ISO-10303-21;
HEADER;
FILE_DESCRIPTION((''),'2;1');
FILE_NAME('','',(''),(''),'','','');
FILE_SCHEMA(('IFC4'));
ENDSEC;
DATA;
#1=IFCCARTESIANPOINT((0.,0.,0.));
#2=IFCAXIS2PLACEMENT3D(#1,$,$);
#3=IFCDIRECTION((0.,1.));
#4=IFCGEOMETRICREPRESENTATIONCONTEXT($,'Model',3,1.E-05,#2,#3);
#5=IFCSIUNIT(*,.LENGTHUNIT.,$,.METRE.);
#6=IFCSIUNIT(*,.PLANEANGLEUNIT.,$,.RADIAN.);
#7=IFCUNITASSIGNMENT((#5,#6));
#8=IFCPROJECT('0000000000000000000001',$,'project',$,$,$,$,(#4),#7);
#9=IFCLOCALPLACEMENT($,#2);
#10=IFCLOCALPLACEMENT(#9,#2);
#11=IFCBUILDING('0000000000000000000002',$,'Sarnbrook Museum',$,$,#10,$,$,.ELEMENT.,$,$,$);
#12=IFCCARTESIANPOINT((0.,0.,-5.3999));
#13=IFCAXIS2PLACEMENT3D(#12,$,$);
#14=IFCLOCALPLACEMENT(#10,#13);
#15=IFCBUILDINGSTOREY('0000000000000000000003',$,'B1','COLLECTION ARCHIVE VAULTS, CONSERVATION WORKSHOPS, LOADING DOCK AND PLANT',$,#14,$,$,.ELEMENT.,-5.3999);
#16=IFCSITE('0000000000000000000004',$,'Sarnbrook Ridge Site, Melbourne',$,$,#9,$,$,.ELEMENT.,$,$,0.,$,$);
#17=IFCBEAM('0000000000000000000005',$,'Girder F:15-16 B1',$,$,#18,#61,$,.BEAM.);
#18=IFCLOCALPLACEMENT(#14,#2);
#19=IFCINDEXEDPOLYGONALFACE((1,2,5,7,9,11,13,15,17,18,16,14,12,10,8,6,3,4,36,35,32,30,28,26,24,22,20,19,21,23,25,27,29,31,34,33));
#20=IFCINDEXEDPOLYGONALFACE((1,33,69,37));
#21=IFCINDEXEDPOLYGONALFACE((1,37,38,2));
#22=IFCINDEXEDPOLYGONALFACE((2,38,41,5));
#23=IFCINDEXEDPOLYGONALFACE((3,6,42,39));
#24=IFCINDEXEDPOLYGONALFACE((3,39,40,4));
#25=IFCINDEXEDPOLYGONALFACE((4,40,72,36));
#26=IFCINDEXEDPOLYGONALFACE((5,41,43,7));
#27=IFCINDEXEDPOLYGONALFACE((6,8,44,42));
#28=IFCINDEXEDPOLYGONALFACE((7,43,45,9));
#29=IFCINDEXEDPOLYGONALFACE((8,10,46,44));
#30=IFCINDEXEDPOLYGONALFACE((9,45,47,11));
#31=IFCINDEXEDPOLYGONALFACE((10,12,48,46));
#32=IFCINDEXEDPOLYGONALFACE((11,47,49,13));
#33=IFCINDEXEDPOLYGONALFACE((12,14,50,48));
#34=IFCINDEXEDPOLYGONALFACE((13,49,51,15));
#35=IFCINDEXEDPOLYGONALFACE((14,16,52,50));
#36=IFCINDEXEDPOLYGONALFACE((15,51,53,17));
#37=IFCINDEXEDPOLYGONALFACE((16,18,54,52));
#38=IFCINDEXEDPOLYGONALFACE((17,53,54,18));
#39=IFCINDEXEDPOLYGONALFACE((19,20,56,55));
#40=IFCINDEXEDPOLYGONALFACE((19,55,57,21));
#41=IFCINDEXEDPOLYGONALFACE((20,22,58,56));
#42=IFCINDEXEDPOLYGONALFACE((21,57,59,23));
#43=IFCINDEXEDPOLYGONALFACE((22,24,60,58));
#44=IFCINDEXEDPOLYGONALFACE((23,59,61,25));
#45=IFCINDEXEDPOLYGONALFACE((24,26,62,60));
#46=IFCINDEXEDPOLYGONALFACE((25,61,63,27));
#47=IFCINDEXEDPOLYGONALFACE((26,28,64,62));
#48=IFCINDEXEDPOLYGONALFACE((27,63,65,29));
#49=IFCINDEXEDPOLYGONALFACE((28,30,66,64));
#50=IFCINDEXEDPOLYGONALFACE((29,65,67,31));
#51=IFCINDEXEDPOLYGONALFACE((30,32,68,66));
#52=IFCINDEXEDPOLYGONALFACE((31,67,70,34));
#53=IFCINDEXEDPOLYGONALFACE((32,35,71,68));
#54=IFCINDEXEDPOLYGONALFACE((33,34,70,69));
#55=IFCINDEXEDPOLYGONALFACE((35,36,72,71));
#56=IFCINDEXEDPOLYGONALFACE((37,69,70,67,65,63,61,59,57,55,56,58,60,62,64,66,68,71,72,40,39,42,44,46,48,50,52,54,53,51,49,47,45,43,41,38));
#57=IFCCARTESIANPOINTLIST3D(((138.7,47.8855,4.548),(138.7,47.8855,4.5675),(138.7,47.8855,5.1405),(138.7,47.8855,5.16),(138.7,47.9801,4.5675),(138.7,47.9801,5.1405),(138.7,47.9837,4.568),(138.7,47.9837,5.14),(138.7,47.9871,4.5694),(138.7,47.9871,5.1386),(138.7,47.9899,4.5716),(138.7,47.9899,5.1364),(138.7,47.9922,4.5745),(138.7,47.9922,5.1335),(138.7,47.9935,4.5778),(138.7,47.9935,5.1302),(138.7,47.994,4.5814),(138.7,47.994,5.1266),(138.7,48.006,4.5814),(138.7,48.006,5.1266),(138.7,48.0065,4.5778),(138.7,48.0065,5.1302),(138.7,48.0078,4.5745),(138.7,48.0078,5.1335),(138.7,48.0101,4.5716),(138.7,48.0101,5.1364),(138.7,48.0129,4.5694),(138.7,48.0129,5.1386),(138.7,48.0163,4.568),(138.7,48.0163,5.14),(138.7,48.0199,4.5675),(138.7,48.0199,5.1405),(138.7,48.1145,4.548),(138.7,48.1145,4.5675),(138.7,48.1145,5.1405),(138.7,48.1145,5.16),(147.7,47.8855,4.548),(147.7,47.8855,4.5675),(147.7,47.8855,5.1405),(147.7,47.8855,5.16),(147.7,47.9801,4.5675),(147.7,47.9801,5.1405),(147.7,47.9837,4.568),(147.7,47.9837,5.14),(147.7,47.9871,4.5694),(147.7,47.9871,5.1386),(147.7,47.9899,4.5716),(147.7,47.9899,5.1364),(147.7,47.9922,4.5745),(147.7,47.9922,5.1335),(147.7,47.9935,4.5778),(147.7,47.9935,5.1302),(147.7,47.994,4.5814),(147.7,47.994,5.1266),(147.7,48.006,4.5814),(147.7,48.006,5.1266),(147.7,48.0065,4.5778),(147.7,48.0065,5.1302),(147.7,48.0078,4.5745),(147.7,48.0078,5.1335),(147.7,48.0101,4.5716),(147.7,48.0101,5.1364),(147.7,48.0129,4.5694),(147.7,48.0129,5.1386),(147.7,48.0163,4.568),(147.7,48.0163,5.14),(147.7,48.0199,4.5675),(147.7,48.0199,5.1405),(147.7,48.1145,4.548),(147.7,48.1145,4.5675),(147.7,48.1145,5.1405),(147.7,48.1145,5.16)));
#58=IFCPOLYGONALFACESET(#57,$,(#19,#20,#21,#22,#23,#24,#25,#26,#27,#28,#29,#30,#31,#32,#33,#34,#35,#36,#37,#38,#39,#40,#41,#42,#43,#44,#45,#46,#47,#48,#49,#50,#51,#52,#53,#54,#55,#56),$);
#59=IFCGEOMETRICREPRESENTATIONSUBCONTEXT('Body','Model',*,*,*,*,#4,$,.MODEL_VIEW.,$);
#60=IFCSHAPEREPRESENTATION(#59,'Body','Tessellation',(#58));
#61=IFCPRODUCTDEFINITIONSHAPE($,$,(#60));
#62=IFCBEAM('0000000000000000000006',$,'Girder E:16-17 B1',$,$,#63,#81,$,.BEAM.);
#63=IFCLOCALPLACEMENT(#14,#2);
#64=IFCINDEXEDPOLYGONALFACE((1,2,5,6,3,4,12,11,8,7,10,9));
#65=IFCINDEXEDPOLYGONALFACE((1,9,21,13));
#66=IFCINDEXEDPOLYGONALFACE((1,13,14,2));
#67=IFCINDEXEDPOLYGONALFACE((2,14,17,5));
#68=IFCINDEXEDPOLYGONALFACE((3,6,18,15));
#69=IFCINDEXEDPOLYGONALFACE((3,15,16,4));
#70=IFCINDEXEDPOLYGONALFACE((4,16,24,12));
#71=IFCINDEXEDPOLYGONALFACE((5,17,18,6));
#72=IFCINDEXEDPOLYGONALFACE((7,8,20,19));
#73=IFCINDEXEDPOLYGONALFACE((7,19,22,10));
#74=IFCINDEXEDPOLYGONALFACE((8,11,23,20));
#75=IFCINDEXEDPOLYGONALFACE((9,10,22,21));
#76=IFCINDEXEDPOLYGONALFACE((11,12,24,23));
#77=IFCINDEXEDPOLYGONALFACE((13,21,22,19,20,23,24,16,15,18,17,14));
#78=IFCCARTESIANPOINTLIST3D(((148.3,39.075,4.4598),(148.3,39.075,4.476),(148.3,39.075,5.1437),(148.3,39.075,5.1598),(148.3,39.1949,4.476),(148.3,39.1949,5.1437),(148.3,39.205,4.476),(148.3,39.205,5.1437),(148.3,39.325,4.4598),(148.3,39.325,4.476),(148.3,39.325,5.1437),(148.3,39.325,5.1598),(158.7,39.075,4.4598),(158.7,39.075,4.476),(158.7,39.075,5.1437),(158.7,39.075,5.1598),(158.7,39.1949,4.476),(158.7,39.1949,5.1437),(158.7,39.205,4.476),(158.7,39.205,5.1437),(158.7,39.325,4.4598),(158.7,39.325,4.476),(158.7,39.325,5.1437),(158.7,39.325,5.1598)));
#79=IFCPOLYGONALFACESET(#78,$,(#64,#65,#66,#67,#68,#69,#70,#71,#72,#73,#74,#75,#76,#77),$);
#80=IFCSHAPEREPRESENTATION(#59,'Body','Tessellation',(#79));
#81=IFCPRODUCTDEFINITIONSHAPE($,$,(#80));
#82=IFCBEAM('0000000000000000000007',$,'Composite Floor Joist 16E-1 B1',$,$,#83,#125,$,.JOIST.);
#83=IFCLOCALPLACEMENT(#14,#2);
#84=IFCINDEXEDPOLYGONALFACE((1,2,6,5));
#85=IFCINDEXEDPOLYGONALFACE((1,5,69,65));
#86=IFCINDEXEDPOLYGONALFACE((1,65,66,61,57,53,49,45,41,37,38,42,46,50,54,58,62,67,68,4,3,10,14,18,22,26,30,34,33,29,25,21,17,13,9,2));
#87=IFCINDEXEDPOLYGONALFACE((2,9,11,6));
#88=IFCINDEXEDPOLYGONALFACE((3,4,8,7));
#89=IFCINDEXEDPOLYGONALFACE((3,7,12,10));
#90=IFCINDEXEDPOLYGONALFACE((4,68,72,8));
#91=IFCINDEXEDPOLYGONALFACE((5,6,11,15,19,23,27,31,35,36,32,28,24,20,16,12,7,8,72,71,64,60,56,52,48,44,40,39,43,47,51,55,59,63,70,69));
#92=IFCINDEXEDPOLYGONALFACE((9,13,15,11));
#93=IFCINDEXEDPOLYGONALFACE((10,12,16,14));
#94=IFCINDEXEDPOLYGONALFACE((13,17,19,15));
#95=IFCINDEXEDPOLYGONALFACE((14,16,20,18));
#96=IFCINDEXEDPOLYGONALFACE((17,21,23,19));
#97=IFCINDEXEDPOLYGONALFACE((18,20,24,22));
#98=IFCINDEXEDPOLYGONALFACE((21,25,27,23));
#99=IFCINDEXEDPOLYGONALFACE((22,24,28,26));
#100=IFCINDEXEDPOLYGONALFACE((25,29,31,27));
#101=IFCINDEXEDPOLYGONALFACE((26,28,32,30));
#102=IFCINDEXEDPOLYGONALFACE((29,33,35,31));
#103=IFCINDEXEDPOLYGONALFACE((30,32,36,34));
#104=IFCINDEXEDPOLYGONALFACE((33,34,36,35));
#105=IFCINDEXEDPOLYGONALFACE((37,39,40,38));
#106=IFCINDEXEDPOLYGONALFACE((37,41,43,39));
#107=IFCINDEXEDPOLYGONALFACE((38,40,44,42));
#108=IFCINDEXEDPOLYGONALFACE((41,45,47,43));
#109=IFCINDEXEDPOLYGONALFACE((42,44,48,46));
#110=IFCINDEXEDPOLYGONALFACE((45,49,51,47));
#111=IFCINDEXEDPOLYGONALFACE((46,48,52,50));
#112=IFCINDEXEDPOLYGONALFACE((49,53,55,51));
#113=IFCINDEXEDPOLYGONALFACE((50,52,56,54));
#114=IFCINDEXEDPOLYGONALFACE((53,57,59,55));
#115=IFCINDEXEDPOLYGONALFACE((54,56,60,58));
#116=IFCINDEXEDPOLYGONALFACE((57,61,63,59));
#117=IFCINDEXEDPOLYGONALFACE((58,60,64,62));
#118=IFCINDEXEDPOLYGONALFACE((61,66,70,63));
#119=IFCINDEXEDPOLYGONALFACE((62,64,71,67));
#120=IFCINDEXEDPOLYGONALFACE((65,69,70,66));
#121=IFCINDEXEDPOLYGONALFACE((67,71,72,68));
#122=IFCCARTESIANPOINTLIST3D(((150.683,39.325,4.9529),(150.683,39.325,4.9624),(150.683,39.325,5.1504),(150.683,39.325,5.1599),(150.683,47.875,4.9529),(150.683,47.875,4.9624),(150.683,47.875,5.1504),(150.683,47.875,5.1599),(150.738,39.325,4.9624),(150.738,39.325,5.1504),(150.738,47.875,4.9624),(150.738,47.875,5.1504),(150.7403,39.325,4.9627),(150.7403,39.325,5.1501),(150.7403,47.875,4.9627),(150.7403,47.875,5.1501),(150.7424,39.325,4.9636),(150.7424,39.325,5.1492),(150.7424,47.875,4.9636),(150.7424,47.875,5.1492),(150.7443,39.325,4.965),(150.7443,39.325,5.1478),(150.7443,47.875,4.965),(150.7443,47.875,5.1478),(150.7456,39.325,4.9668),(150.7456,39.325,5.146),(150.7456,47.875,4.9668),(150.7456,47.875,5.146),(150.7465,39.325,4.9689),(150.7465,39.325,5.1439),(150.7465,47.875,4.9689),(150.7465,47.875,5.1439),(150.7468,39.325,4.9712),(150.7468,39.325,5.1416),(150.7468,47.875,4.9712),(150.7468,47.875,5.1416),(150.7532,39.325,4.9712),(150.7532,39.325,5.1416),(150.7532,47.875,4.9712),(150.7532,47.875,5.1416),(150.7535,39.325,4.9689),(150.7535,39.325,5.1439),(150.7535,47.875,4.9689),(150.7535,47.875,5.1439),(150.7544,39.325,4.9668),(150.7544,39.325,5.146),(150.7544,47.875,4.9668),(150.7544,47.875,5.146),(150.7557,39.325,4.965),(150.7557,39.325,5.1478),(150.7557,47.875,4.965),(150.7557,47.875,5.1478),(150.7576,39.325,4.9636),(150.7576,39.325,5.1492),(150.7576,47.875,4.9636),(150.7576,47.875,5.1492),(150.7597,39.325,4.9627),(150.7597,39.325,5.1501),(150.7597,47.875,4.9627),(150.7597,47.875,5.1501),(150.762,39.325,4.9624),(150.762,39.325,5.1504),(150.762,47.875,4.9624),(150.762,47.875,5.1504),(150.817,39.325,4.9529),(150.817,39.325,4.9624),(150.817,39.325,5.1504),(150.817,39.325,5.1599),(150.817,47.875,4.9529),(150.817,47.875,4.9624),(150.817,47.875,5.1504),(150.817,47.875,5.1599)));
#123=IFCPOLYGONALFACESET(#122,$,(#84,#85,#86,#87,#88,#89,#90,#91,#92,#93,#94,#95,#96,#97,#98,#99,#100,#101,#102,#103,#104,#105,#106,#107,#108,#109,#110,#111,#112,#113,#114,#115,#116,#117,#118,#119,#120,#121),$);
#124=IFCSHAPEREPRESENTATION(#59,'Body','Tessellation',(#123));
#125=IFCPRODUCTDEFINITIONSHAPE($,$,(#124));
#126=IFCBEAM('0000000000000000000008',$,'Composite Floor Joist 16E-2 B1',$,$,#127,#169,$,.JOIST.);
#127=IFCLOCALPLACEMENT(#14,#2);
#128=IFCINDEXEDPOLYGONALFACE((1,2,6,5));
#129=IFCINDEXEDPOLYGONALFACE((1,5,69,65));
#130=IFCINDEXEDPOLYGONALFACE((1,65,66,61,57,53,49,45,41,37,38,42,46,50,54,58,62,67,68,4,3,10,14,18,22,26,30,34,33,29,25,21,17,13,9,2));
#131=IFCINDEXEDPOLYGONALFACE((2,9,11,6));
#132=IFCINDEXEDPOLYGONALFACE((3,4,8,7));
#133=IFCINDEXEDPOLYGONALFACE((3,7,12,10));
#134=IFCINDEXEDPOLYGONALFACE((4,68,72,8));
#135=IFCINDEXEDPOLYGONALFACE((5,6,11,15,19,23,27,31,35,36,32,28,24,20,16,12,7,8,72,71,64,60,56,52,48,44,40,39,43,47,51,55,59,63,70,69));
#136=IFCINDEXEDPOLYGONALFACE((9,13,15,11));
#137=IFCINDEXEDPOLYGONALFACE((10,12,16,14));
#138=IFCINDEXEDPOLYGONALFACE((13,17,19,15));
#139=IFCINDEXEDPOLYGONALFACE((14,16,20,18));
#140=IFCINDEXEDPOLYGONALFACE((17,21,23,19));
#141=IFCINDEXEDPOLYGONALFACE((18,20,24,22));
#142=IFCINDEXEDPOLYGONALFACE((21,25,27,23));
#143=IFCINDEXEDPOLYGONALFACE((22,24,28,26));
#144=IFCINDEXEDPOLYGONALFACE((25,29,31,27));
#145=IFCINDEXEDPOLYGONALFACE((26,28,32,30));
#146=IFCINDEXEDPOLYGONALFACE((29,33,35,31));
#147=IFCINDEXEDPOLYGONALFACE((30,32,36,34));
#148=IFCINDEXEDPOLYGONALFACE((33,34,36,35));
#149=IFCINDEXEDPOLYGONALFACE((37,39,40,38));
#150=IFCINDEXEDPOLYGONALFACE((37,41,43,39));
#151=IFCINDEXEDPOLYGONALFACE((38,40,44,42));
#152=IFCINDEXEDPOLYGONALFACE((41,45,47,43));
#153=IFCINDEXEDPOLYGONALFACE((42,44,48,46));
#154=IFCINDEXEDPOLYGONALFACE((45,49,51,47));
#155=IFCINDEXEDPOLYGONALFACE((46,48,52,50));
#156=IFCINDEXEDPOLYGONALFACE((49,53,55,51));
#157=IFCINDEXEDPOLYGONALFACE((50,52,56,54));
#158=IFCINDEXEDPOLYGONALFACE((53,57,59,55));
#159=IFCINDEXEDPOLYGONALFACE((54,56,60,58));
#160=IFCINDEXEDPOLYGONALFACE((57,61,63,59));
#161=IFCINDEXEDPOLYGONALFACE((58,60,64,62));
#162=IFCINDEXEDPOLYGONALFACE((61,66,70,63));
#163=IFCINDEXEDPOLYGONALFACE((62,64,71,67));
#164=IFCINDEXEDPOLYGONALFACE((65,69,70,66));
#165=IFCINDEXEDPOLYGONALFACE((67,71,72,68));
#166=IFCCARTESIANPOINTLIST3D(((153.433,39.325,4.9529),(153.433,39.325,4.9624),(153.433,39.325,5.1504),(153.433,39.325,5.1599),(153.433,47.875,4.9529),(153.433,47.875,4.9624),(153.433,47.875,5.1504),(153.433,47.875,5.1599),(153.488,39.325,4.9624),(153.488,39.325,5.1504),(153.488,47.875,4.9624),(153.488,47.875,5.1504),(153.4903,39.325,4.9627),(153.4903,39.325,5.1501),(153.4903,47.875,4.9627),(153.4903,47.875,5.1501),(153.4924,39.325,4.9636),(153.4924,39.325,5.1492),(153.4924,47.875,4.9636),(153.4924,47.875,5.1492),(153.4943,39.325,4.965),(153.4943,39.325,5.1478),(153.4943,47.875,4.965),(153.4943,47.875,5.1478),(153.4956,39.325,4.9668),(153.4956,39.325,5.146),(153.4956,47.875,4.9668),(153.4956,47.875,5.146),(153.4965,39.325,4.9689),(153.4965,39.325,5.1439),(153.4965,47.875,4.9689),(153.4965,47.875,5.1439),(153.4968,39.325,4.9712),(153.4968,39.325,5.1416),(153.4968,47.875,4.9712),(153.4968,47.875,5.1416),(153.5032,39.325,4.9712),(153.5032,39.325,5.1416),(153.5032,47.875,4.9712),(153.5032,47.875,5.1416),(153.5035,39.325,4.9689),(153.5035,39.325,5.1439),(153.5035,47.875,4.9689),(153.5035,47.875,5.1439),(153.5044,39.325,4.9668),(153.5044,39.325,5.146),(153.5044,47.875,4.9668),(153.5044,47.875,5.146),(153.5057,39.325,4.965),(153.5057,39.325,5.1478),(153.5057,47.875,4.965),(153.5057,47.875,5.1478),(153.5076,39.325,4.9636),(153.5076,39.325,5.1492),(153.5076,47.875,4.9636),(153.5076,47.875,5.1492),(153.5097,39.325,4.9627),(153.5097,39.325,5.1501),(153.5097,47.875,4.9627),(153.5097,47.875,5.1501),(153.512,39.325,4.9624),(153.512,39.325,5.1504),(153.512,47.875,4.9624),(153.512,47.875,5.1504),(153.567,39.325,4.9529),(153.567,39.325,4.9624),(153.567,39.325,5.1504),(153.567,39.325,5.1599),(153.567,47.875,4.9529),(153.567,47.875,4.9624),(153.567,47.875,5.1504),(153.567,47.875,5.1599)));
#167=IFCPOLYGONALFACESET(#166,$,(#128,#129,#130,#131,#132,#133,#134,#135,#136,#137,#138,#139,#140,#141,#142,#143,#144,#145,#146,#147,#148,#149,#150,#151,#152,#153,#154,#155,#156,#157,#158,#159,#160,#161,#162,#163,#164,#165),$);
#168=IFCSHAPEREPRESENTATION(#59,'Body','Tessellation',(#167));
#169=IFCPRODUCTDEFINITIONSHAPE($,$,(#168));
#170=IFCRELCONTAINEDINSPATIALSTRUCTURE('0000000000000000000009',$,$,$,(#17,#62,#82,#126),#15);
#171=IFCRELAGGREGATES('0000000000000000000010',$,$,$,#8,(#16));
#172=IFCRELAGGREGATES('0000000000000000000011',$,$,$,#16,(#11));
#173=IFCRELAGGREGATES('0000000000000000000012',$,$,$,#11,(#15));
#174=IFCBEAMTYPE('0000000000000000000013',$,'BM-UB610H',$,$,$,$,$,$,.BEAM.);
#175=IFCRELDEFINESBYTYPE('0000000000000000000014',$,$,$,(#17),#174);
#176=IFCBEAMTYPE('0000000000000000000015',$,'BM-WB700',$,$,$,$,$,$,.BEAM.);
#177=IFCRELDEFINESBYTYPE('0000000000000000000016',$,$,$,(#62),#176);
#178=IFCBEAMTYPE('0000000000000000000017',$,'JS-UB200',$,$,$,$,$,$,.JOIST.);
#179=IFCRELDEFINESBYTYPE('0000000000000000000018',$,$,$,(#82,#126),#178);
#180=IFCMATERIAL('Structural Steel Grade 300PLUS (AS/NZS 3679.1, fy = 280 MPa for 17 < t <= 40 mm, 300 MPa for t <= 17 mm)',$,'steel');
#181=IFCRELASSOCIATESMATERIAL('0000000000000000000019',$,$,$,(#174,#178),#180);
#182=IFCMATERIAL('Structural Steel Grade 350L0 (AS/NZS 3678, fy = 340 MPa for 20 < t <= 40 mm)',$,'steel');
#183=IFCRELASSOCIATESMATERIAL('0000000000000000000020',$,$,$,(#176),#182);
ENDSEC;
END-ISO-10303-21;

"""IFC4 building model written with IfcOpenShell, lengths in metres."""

from ifc_helpers import new_model, si_unit, direction, frame, origin, origin_2d, place, context, subcontext, project, spatial, i_section, extrude, material, material_profile, profile_set, type_object, element, save


model = new_model("IFC4")

# Units and contexts
model_context = context("Model", 3, precision=1e-05, world=origin(), true_north=direction((0.0, 1.0)))
body_context = subcontext(model_context, "Body", "Model", "MODEL_VIEW")
ifc_project = project(units=[si_unit("LENGTHUNIT", "METRE"), si_unit("PLANEANGLEUNIT", "RADIAN")], contexts=[model_context])

# Site, building, storey
site_placement = place(None, origin())
site = spatial("IfcSite", under=ifc_project, at=site_placement, Name="Sarnbrook Ridge Site, Melbourne", CompositionType="ELEMENT", RefElevation=0.0)
building_placement = place(site_placement, origin())
building = spatial("IfcBuilding", under=site, at=building_placement, Name="Sarnbrook Museum", CompositionType="ELEMENT")
storey_placement = place(building_placement, frame((0.0, 0.0, -5.3999)))
storey = spatial("IfcBuildingStorey", under=building, at=storey_placement, Name="B1", Description="COLLECTION ARCHIVE VAULTS, CONSERVATION WORKSHOPS, LOADING DOCK AND PLANT", CompositionType="ELEMENT", Elevation=-5.3999)

# Beams
ifc_material_1 = material(Name="Structural Steel Grade 300PLUS (AS/NZS 3679.1, fy = 280 MPa for 17 < t <= 40 mm, 300 MPa for t <= 17 mm)", Category="steel")
ifc_material_profile_1 = material_profile(ifc_material_1, i_section(OverallWidth=0.229, OverallDepth=0.6121, WebThickness=0.012, FlangeThickness=0.0195, FilletRadius=0.0139, at=origin_2d()), Name="610UB125")
ifc_profile_set_1 = profile_set([ifc_material_profile_1], Name="Structural Steel Grade 300PLUS (AS/NZS 3679.1, fy = 280 MPa for 17 < t <= 40 mm, 300 MPa for t <= 17 mm)")
beam_type_1 = type_object("IfcBeamType", Name="BM-UB610H", PredefinedType="BEAM", material=ifc_profile_set_1)
beam_1_placement = place(storey_placement, frame((138.7, 48.0, 4.854), z_axis=(1.0, 0.0, 0.0), x_axis=(0.0, 1.0, 0.0)))
element("IfcBeam", 1, at=beam_1_placement, inside=storey, type_object=beam_type_1, Name="Girder F:15-16 B1", PredefinedType="BEAM", context=body_context, shape_type="SweptSolid", body=[
    extrude(i_section(OverallWidth=0.229, OverallDepth=0.6121, WebThickness=0.012, FlangeThickness=0.0195, FilletRadius=0.0139, at=origin_2d()), origin(), (0.0, 0.0, 1.0), 9.0),
])
ifc_material_2 = material(Name="Structural Steel Grade 350L0 (AS/NZS 3678, fy = 340 MPa for 20 < t <= 40 mm)", Category="steel")
ifc_material_profile_2 = material_profile(ifc_material_2, i_section(OverallWidth=0.25, OverallDepth=0.7, WebThickness=0.01, FlangeThickness=0.0161, at=origin_2d()), Name="700WB130")
ifc_profile_set_2 = profile_set([ifc_material_profile_2], Name="Structural Steel Grade 350L0 (AS/NZS 3678, fy = 340 MPa for 20 < t <= 40 mm)")
beam_type_2 = type_object("IfcBeamType", Name="BM-WB700", PredefinedType="BEAM", material=ifc_profile_set_2)
beam_2_placement = place(storey_placement, frame((148.3, 39.2, 4.8098), z_axis=(1.0, 0.0, 0.0), x_axis=(0.0, 1.0, 0.0)))
element("IfcBeam", 2, at=beam_2_placement, inside=storey, type_object=beam_type_2, Name="Girder E:16-17 B1", PredefinedType="BEAM", context=body_context, shape_type="SweptSolid", body=[
    extrude(i_section(OverallWidth=0.25, OverallDepth=0.7, WebThickness=0.01, FlangeThickness=0.0161, at=origin_2d()), origin(), (0.0, 0.0, 1.0), 10.3999),
])
ifc_material_profile_3 = material_profile(ifc_material_1, i_section(OverallWidth=0.134, OverallDepth=0.207, WebThickness=0.0063, FlangeThickness=0.0095, FilletRadius=0.0088, at=origin_2d()), Name="200UB29.8")
ifc_profile_set_3 = profile_set([ifc_material_profile_3], Name="Structural Steel Grade 300PLUS (AS/NZS 3679.1, fy = 280 MPa for 17 < t <= 40 mm, 300 MPa for t <= 17 mm)")
beam_type_3 = type_object("IfcBeamType", Name="JS-UB200", PredefinedType="JOIST", material=ifc_profile_set_3)
for number, where, z_axis, x_axis, name in (
    (3, (150.75, 39.325, 5.0564), (0.0, 1.0, 0.0), (-1.0, 0.0, 0.0), "Composite Floor Joist 16E-1 B1"),
    (4, (153.5, 39.325, 5.0564), (0.0, 1.0, 0.0), (-1.0, 0.0, 0.0), "Composite Floor Joist 16E-2 B1"),
):
    element("IfcBeam", number, at=place(storey_placement, frame(where, z_axis=z_axis, x_axis=x_axis)), inside=storey, type_object=beam_type_3, Name=name, PredefinedType="JOIST", context=body_context, shape_type="SweptSolid", body=[
        extrude(i_section(OverallWidth=0.134, OverallDepth=0.207, WebThickness=0.0063, FlangeThickness=0.0095, FilletRadius=0.0088, at=origin_2d()), origin(), (0.0, 0.0, 1.0), 8.55),
    ])

save(model, "model.ifc")
